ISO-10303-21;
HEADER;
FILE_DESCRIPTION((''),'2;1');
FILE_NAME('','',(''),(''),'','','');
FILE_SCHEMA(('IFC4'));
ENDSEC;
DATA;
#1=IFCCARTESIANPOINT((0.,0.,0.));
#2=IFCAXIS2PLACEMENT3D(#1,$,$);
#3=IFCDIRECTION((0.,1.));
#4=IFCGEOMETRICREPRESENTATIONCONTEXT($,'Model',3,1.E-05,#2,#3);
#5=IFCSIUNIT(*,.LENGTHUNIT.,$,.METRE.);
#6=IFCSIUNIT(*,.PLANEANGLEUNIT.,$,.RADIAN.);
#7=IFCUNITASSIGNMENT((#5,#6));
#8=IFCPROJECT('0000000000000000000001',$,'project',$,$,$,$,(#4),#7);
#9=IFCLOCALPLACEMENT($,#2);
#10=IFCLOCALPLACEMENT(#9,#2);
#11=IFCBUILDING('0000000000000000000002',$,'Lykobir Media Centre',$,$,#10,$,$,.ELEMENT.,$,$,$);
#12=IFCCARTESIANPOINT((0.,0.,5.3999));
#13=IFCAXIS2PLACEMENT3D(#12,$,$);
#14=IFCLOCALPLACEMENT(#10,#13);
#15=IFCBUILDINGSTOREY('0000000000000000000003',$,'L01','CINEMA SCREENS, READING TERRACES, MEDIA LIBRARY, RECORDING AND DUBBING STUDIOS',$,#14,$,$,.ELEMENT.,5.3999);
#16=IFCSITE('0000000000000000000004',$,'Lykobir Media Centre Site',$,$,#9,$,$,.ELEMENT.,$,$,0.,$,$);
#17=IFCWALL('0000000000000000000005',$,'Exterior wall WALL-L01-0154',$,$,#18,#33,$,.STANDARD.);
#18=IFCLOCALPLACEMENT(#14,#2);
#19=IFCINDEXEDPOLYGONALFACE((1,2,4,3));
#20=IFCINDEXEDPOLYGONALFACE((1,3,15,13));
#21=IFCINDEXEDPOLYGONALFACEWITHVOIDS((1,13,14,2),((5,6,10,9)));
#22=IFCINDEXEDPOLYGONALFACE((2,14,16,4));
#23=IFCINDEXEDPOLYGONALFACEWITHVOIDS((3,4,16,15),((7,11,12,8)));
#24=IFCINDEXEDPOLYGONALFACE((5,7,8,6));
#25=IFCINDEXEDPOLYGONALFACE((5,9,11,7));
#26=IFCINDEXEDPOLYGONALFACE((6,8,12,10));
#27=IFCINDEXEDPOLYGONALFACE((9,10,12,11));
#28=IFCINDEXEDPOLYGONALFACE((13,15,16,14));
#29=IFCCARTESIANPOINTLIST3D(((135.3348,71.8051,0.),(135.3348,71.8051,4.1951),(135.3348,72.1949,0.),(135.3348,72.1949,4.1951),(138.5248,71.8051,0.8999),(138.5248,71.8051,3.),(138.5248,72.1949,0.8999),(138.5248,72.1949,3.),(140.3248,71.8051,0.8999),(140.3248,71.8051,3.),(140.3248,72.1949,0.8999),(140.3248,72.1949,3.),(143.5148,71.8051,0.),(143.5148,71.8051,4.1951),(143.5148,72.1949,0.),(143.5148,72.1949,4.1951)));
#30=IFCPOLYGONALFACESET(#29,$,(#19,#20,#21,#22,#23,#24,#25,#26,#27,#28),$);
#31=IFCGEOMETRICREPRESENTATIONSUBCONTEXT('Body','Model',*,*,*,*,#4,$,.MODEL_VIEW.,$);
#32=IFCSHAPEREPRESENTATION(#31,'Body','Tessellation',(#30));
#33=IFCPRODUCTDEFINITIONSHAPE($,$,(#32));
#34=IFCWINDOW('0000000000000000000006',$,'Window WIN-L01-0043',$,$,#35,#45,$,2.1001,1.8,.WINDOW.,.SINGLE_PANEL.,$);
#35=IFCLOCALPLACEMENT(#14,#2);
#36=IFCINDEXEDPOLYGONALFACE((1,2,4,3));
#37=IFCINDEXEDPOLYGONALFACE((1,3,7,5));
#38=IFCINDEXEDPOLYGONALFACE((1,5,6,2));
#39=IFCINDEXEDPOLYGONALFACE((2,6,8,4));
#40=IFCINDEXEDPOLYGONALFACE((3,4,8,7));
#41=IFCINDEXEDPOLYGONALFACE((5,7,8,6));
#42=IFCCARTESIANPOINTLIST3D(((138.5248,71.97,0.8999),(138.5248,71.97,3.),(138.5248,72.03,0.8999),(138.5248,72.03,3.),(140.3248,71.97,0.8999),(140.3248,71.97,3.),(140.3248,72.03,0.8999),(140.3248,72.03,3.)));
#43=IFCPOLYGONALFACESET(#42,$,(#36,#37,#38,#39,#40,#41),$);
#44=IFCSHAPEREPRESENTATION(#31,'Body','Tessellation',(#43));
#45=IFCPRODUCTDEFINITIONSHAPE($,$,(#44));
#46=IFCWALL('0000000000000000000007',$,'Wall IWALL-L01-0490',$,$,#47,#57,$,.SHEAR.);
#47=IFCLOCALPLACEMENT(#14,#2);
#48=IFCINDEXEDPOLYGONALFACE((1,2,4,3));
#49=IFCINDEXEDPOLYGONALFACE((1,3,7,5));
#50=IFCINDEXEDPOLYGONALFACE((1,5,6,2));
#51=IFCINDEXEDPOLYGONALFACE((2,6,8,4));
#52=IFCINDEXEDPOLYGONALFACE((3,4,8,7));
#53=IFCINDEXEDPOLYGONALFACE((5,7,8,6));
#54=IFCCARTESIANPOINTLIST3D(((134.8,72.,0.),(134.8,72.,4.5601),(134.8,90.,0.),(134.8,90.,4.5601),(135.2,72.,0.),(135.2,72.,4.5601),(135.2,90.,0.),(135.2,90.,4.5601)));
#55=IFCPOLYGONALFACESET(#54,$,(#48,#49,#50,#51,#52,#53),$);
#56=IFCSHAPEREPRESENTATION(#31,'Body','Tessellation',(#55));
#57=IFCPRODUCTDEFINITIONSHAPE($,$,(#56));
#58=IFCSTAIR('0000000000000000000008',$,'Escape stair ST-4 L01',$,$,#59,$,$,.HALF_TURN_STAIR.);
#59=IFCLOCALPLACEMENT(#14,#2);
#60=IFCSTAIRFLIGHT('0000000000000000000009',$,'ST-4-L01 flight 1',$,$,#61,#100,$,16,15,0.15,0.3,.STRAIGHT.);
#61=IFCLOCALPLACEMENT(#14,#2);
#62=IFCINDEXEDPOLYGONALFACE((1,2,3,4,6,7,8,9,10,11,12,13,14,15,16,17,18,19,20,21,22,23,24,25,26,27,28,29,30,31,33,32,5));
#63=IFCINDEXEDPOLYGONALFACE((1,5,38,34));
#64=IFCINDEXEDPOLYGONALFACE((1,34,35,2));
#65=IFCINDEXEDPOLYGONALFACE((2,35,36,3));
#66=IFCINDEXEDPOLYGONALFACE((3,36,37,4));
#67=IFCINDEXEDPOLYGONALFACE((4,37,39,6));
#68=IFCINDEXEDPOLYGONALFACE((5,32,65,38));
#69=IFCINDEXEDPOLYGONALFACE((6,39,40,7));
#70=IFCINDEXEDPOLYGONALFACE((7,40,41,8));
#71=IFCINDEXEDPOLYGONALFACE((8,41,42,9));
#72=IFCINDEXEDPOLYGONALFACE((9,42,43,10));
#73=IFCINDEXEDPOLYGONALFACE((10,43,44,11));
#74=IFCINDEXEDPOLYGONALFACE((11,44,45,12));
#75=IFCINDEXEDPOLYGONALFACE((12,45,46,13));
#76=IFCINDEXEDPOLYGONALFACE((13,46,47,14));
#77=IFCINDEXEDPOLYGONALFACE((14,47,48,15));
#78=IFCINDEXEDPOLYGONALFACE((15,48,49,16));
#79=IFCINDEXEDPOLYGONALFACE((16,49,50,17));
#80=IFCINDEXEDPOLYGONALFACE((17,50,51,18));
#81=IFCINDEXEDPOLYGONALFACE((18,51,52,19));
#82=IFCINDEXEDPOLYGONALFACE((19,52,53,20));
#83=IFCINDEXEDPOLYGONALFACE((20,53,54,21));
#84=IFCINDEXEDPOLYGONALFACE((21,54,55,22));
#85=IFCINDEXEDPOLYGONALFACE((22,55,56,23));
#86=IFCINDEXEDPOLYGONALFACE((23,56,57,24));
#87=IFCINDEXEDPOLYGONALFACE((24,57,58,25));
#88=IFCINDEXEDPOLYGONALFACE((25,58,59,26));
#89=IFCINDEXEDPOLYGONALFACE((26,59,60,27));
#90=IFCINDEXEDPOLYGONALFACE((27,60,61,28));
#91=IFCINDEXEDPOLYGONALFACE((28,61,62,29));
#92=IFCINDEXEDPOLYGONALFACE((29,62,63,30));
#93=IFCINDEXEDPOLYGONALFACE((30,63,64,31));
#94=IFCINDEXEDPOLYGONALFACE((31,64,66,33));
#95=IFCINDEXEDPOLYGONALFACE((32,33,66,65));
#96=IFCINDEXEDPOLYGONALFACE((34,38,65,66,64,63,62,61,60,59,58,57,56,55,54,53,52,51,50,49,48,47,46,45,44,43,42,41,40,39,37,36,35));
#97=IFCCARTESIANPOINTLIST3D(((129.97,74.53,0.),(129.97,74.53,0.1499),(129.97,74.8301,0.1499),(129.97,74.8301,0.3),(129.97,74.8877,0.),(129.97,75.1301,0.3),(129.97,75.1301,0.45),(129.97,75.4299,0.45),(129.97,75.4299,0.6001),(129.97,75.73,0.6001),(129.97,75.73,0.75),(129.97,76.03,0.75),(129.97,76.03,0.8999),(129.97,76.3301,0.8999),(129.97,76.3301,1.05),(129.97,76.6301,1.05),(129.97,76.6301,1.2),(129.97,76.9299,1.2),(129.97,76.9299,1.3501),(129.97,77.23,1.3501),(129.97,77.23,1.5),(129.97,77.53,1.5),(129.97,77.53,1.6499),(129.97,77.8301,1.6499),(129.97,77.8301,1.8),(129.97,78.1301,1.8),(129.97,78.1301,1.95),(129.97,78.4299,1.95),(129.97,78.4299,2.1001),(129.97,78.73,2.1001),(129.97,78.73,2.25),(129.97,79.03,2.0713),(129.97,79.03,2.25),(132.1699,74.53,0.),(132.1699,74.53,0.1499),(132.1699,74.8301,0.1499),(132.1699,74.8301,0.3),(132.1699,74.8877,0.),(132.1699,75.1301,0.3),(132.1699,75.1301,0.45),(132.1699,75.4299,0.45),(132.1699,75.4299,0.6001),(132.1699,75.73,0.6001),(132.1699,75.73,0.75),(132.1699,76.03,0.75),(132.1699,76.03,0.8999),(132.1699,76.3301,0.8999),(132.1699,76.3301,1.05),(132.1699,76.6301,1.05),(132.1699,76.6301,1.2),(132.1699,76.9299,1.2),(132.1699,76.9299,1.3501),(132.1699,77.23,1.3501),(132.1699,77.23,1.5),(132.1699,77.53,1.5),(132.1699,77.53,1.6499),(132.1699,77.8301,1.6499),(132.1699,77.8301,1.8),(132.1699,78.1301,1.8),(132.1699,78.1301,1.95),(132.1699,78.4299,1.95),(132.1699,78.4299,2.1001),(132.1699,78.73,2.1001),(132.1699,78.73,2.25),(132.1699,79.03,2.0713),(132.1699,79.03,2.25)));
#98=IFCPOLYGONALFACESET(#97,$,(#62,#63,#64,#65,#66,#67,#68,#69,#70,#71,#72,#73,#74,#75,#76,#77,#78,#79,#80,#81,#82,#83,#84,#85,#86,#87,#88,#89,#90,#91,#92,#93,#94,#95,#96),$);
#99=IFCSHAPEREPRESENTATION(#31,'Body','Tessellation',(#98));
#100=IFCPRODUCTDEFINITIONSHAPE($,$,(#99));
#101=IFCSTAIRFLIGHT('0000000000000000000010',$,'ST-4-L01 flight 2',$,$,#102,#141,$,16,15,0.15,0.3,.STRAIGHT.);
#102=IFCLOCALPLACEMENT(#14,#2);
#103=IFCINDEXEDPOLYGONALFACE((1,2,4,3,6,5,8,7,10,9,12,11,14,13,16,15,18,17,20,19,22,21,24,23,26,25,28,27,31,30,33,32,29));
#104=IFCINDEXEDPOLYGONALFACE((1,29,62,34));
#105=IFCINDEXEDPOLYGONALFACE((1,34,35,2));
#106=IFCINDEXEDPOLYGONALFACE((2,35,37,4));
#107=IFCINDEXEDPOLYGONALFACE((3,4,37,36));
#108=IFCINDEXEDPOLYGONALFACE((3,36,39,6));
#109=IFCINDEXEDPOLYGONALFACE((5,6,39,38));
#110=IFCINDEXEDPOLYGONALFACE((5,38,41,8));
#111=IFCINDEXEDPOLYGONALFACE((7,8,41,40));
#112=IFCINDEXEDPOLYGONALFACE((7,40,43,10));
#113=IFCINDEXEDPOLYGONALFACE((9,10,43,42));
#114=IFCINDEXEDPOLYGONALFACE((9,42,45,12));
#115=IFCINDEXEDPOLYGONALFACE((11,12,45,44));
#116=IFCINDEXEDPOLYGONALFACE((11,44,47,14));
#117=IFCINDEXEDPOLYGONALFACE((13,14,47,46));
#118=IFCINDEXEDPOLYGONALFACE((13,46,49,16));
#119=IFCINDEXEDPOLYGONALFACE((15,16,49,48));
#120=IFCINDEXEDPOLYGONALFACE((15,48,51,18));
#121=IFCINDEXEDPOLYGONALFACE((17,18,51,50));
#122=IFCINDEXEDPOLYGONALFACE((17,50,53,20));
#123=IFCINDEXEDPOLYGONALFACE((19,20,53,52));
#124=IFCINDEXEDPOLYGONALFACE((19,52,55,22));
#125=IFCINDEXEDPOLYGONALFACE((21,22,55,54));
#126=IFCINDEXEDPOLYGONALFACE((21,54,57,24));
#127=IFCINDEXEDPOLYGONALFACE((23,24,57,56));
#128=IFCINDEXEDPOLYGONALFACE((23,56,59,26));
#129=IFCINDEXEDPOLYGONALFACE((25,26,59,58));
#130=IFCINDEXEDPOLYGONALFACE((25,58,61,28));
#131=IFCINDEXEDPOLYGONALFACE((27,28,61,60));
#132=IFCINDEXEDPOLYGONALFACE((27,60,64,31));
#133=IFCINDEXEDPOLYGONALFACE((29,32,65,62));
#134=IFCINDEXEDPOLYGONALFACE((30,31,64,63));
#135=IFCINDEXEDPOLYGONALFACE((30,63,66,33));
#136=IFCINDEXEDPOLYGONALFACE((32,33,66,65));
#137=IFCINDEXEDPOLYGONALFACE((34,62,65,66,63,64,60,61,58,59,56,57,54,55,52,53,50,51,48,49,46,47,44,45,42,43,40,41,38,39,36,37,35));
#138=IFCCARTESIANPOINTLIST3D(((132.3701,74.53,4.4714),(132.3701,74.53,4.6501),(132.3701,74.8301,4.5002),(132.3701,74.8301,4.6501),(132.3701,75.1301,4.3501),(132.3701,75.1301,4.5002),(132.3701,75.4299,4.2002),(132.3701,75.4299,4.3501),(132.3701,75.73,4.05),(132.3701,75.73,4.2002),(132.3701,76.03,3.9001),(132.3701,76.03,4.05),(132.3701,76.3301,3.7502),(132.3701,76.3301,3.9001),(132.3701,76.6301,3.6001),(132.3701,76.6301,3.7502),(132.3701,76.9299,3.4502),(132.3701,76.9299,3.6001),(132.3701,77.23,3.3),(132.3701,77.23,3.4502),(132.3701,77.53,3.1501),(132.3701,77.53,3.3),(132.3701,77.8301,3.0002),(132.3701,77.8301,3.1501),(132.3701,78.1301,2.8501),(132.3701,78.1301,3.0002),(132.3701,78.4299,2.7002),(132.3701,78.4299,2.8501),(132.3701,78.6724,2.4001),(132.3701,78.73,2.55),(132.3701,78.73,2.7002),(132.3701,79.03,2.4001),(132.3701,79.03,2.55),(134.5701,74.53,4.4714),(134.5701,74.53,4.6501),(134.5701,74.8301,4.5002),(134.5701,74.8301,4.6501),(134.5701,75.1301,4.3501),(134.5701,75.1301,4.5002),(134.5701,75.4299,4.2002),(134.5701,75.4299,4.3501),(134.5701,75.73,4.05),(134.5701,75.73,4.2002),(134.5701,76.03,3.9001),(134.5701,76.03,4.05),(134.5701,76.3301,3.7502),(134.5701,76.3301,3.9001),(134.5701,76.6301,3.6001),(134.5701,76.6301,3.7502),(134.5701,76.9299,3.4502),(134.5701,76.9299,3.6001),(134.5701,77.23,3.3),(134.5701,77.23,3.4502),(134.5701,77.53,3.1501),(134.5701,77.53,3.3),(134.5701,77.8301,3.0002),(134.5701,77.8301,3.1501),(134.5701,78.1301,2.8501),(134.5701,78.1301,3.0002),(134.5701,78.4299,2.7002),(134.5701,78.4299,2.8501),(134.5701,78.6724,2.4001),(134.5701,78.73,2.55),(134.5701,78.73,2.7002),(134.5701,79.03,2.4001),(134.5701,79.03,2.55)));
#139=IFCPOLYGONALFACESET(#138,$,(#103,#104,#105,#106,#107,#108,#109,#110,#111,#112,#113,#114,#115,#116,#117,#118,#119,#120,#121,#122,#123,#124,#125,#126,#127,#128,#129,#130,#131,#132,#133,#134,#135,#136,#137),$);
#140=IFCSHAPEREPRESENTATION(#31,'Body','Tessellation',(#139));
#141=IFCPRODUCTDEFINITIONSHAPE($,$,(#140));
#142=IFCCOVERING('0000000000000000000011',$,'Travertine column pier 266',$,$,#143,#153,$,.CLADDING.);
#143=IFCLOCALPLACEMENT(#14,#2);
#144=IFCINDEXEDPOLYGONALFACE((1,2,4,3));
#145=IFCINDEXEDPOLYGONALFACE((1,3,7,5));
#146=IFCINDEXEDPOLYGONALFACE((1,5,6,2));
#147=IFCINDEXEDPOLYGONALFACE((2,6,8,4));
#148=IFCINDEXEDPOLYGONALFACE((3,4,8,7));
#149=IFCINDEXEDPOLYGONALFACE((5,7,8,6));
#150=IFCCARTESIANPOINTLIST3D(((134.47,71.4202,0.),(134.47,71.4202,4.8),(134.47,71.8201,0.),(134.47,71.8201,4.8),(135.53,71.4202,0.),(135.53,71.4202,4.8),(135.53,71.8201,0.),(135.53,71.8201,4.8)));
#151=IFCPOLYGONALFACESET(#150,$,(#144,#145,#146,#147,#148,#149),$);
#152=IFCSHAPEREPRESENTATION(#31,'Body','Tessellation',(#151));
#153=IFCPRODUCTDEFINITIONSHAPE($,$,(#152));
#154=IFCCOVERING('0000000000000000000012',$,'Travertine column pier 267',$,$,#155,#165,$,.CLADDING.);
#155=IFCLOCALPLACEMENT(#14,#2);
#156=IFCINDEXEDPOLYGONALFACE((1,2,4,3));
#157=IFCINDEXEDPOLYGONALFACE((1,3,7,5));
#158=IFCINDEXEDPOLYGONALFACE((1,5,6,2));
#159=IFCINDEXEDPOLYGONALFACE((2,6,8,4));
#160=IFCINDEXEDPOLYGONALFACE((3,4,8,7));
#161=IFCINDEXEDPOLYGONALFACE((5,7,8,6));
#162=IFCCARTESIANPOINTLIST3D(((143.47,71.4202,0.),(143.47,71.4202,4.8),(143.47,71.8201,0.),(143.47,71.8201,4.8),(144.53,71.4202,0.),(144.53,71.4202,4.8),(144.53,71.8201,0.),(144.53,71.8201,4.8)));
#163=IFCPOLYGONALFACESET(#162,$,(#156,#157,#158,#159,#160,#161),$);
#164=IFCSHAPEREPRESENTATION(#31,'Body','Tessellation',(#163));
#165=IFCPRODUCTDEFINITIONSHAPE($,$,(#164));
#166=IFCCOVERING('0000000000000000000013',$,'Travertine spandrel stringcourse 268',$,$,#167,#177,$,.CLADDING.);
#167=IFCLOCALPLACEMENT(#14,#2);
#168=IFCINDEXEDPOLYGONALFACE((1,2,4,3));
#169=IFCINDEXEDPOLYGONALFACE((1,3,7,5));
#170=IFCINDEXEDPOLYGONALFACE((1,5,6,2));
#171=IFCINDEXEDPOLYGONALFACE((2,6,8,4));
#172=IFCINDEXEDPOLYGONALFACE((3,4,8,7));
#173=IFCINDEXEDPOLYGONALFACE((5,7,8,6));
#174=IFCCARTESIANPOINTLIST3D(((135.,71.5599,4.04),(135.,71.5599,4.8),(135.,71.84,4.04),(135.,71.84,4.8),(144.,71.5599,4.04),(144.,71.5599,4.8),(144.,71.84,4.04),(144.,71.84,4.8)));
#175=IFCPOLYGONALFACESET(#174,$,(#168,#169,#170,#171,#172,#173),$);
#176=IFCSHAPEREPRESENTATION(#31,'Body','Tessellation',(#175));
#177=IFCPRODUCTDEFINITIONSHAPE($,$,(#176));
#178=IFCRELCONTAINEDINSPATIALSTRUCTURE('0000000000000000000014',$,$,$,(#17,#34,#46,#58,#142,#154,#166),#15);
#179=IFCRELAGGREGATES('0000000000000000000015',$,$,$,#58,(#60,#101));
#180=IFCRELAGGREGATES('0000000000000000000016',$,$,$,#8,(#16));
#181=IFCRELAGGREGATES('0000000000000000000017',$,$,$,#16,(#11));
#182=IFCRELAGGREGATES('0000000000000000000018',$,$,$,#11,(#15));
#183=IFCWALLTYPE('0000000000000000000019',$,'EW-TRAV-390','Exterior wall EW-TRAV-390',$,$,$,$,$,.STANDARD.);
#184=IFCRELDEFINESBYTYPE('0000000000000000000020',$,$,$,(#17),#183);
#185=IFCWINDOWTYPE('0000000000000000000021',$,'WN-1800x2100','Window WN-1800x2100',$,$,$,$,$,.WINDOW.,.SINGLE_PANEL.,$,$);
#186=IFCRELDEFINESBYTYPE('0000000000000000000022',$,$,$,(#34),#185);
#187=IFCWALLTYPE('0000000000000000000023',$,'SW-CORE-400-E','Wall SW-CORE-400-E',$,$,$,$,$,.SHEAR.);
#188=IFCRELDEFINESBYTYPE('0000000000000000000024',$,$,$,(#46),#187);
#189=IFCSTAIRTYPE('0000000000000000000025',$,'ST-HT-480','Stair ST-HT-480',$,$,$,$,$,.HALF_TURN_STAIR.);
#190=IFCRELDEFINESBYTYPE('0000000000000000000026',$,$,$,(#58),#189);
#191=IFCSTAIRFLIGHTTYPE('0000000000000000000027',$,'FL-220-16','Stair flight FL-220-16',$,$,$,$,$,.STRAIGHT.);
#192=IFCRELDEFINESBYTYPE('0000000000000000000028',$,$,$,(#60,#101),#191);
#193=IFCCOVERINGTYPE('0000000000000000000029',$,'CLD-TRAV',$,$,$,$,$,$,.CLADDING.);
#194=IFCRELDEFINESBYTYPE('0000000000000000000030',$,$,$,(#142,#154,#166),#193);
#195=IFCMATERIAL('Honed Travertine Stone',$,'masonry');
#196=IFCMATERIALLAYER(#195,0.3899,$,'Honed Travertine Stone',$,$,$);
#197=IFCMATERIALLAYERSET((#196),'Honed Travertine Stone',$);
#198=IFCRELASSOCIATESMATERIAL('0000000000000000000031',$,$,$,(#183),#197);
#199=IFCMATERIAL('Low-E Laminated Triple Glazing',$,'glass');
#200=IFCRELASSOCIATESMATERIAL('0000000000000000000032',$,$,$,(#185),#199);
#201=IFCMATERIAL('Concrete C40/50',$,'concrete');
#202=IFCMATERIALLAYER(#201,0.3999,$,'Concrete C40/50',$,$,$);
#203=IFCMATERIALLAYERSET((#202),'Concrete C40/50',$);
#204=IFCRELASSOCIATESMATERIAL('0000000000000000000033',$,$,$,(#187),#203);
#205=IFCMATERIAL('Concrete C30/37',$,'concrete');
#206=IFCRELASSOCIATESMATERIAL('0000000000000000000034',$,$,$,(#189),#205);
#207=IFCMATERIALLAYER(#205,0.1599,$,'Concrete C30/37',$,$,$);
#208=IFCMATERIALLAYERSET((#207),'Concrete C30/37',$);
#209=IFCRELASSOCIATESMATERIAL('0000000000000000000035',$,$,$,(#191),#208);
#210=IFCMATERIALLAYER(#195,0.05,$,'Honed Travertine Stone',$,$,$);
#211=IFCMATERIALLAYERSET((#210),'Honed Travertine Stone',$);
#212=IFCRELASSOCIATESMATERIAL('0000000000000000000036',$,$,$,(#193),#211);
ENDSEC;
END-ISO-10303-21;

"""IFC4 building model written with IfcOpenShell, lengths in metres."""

from ifc_helpers import new_model, si_unit, direction, frame, frame_2d, origin, origin_2d, place, context, subcontext, project, spatial, polyline, rectangle, outline, extrude, material, layer, layer_set, type_object, element, fill, aggregate, save


model = new_model("IFC4")

# Units and contexts
model_context = context("Model", 3, precision=1e-05, world=origin(), true_north=direction((0.0, 1.0)))
body_context = subcontext(model_context, "Body", "Model", "MODEL_VIEW")
ifc_project = project(units=[si_unit("LENGTHUNIT", "METRE"), si_unit("PLANEANGLEUNIT", "RADIAN")], contexts=[model_context])

# Site, building, storey
site_placement = place(None, origin())
site = spatial("IfcSite", under=ifc_project, at=site_placement, Name="Lykobir Media Centre Site", CompositionType="ELEMENT", RefElevation=0.0)
building_placement = place(site_placement, origin())
building = spatial("IfcBuilding", under=site, at=building_placement, Name="Lykobir Media Centre", CompositionType="ELEMENT")
storey_placement = place(building_placement, frame((0.0, 0.0, 5.3999)))
storey = spatial("IfcBuildingStorey", under=building, at=storey_placement, Name="L01", Description="CINEMA SCREENS, READING TERRACES, MEDIA LIBRARY, RECORDING AND DUBBING STUDIOS", CompositionType="ELEMENT", Elevation=5.3999)

# Shared definitions
ifc_material_1 = material(Name="Concrete C40/50", Category="concrete")

# Wall, opening, window
ifc_material_2 = material(Name="Honed Travertine Stone", Category="masonry")
ifc_layer_1 = layer(ifc_material_2, 0.3899, Name="Honed Travertine Stone")
ifc_layer_set_1 = layer_set([ifc_layer_1], Name="Honed Travertine Stone")
wall_type_1 = type_object("IfcWallType", Name="EW-TRAV-390", Description="Exterior wall EW-TRAV-390", PredefinedType="STANDARD", material=ifc_layer_set_1)
wall_1_placement = place(storey_placement, frame((135.335, 72.0, 0.0), z_axis=(0.0, 0.0, 1.0), x_axis=(1.0, 0.0, 0.0)))
wall_1 = element("IfcWall", 1, at=wall_1_placement, inside=storey, type_object=wall_type_1, Name="Exterior wall WALL-L01-0154", PredefinedType="STANDARD", context=body_context, shape_type="SweptSolid", body=[
    extrude(rectangle(XDim=8.1799, YDim=0.3899, at=frame_2d((4.0898, 0.0))), origin(), (0.0, 0.0, 1.0), 4.1951),
])
opening_placement = place(wall_1_placement, frame((3.1899, 0.0, 0.8999)))
opening = element("IfcOpeningElement", 2, at=opening_placement, cuts=wall_1, PredefinedType="OPENING", context=body_context, shape_type="SweptSolid", body=[
    extrude(rectangle(XDim=1.8, YDim=2.1001, at=frame_2d((0.8999, 1.05))), frame((0.0, 0.2048, 0.0), z_axis=(0.0, -1.0, 0.0), x_axis=(1.0, 0.0, 0.0)), (0.0, 0.0, 1.0), 0.4099),
])
ifc_material_3 = material(Name="Low-E Laminated Triple Glazing", Category="glass")
window_type = type_object("IfcWindowType", Name="WN-1800x2100", Description="Window WN-1800x2100", PartitioningType="SINGLE_PANEL", PredefinedType="WINDOW", material=ifc_material_3)
window_placement = place(opening_placement, origin())
window = element("IfcWindow", 3, at=window_placement, inside=storey, type_object=window_type, Name="Window WIN-L01-0043", OverallHeight=2.1001, OverallWidth=1.8, PartitioningType="SINGLE_PANEL", PredefinedType="WINDOW", context=body_context, shape_type="SweptSolid", body=[
    extrude(rectangle(XDim=1.8, YDim=2.1001, at=frame_2d((0.8999, 1.05))), frame((0.0, 0.03, 0.0), z_axis=(0.0, -1.0, 0.0), x_axis=(1.0, 0.0, 0.0)), (0.0, 0.0, 1.0), 0.0601),
])
fill(opening, window)

# Wall
ifc_layer_2 = layer(ifc_material_1, 0.3999, Name="Concrete C40/50")
ifc_layer_set_2 = layer_set([ifc_layer_2], Name="Concrete C40/50")
wall_type_2 = type_object("IfcWallType", Name="SW-CORE-400-E", Description="Wall SW-CORE-400-E", PredefinedType="SHEAR", material=ifc_layer_set_2)
wall_2_placement = place(storey_placement, frame((135.0, 72.0, 0.0), z_axis=(0.0, 0.0, 1.0), x_axis=(0.0, 1.0, 0.0)))
element("IfcWall", 4, at=wall_2_placement, inside=storey, type_object=wall_type_2, Name="Wall IWALL-L01-0490", PredefinedType="SHEAR", context=body_context, shape_type="SweptSolid", body=[
    extrude(rectangle(XDim=18.0, YDim=0.3999, at=frame_2d((9.0, 0.0))), origin(), (0.0, 0.0, 1.0), 4.5601),
])

# Stair, stair flights
ifc_material_4 = material(Name="Concrete C30/37", Category="concrete")
stair_type = type_object("IfcStairType", Name="ST-HT-480", Description="Stair ST-HT-480", PredefinedType="HALF_TURN_STAIR", material=ifc_material_4)
stair_placement = place(storey_placement, origin())
stair = element("IfcStair", 5, at=stair_placement, inside=storey, type_object=stair_type, Name="Escape stair ST-4 L01", PredefinedType="HALF_TURN_STAIR")
ifc_layer_3 = layer(ifc_material_4, 0.1599, Name="Concrete C30/37")
ifc_layer_set_3 = layer_set([ifc_layer_3], Name="Concrete C30/37")
stair_flight_type = type_object("IfcStairFlightType", Name="FL-220-16", Description="Stair flight FL-220-16", PredefinedType="STRAIGHT", material=ifc_layer_set_3)
stair_flight_1_placement = place(storey_placement, frame((131.0701, 74.53, 0.0), z_axis=(0.0, 0.0, 1.0), x_axis=(0.0, 1.0, 0.0)))
stair_flight_1 = element("IfcStairFlight", 6, at=stair_flight_1_placement, type_object=stair_flight_type, Name="ST-4-L01 flight 1", NumberOfRisers=16, NumberOfTreads=15, PredefinedType="STRAIGHT", RiserHeight=0.15, TreadLength=0.3, context=body_context, shape_type="SweptSolid", body=[
    extrude(outline(polyline([(0.0, 0.0), (0.0, 0.1499), (0.3, 0.1499), (0.3, 0.3), (0.6001, 0.3), (0.6001, 0.45), (0.8999, 0.45), (0.8999, 0.6001), (1.2, 0.6001), (1.2, 0.75), (1.5, 0.75), (1.5, 0.8999), (1.8, 0.8999), (1.8, 1.05), (2.1001, 1.05), (2.1001, 1.2), (2.3999, 1.2), (2.3999, 1.3501), (2.7, 1.3501), (2.7, 1.5), (3.0, 1.5), (3.0, 1.6499), (3.3, 1.6499), (3.3, 1.8), (3.6001, 1.8), (3.6001, 1.95), (3.8999, 1.95), (3.8999, 2.1001), (4.2, 2.1001), (4.2, 2.25), (4.5, 2.25), (4.5, 2.3999), (4.5, 2.0713), (0.3577, 0.0), (0.0, 0.0)])), frame((0.0, 1.1001, 0.0), z_axis=(0.0, -1.0, 0.0), x_axis=(1.0, 0.0, 0.0)), (0.0, 0.0, 1.0), 2.2),
])
stair_flight_2_placement = place(storey_placement, frame((133.47, 79.03, 2.4001), z_axis=(0.0, 0.0, 1.0), x_axis=(0.0, -1.0, 0.0)))
stair_flight_2 = element("IfcStairFlight", 7, at=stair_flight_2_placement, type_object=stair_flight_type, Name="ST-4-L01 flight 2", NumberOfRisers=16, NumberOfTreads=15, PredefinedType="STRAIGHT", RiserHeight=0.15, TreadLength=0.3, context=body_context, shape_type="SweptSolid", body=[
    extrude(outline(polyline([(0.0, 0.0), (0.0, 0.1499), (0.3, 0.1499), (0.3, 0.3), (0.6001, 0.3), (0.6001, 0.45), (0.8999, 0.45), (0.8999, 0.6001), (1.2, 0.6001), (1.2, 0.75), (1.5, 0.75), (1.5, 0.8999), (1.8, 0.8999), (1.8, 1.05), (2.1001, 1.05), (2.1001, 1.2), (2.3999, 1.2), (2.3999, 1.3501), (2.7, 1.3501), (2.7, 1.5), (3.0, 1.5), (3.0, 1.6499), (3.3, 1.6499), (3.3, 1.8), (3.6001, 1.8), (3.6001, 1.95), (3.8999, 1.95), (3.8999, 2.1001), (4.2, 2.1001), (4.2, 2.25), (4.5, 2.25), (4.5, 2.3999), (4.5, 2.0713), (0.3577, 0.0), (0.0, 0.0)])), frame((0.0, 1.1001, 0.0), z_axis=(0.0, -1.0, 0.0), x_axis=(1.0, 0.0, 0.0)), (0.0, 0.0, 1.0), 2.2),
])
aggregate(stair, [stair_flight_1, stair_flight_2])

# Coverings
ifc_layer_4 = layer(ifc_material_2, 0.05, Name="Honed Travertine Stone")
ifc_layer_set_4 = layer_set([ifc_layer_4], Name="Honed Travertine Stone")
covering_type = type_object("IfcCoveringType", Name="CLD-TRAV", PredefinedType="CLADDING", material=ifc_layer_set_4)
for number, where, z_axis, x_axis, name in (
    (8, (135.0, 71.6201, 0.0), (0.0, 0.0, 1.0), (1.0, 0.0, 0.0), "Travertine column pier 266"),
    (9, (144.0, 71.6201, 0.0), (0.0, 0.0, 1.0), (1.0, 0.0, 0.0), "Travertine column pier 267"),
):
    element("IfcCovering", number, at=place(storey_placement, frame(where, z_axis=z_axis, x_axis=x_axis)), inside=storey, type_object=covering_type, Name=name, PredefinedType="CLADDING", context=body_context, shape_type="SweptSolid", body=[
        extrude(rectangle(XDim=1.0601, YDim=0.3999, at=origin_2d()), origin(), (0.0, 0.0, 1.0), 4.8),
    ])
covering_1_placement = place(storey_placement, frame((139.5, 71.7, 4.04), z_axis=(0.0, 0.0, 1.0), x_axis=(1.0, 0.0, 0.0)))
element("IfcCovering", 10, at=covering_1_placement, inside=storey, type_object=covering_type, Name="Travertine spandrel stringcourse 268", PredefinedType="CLADDING", context=body_context, shape_type="SweptSolid", body=[
    extrude(rectangle(XDim=9.0, YDim=0.28, at=origin_2d()), origin(), (0.0, 0.0, 1.0), 0.76),
])

save(model, "model.ifc")
